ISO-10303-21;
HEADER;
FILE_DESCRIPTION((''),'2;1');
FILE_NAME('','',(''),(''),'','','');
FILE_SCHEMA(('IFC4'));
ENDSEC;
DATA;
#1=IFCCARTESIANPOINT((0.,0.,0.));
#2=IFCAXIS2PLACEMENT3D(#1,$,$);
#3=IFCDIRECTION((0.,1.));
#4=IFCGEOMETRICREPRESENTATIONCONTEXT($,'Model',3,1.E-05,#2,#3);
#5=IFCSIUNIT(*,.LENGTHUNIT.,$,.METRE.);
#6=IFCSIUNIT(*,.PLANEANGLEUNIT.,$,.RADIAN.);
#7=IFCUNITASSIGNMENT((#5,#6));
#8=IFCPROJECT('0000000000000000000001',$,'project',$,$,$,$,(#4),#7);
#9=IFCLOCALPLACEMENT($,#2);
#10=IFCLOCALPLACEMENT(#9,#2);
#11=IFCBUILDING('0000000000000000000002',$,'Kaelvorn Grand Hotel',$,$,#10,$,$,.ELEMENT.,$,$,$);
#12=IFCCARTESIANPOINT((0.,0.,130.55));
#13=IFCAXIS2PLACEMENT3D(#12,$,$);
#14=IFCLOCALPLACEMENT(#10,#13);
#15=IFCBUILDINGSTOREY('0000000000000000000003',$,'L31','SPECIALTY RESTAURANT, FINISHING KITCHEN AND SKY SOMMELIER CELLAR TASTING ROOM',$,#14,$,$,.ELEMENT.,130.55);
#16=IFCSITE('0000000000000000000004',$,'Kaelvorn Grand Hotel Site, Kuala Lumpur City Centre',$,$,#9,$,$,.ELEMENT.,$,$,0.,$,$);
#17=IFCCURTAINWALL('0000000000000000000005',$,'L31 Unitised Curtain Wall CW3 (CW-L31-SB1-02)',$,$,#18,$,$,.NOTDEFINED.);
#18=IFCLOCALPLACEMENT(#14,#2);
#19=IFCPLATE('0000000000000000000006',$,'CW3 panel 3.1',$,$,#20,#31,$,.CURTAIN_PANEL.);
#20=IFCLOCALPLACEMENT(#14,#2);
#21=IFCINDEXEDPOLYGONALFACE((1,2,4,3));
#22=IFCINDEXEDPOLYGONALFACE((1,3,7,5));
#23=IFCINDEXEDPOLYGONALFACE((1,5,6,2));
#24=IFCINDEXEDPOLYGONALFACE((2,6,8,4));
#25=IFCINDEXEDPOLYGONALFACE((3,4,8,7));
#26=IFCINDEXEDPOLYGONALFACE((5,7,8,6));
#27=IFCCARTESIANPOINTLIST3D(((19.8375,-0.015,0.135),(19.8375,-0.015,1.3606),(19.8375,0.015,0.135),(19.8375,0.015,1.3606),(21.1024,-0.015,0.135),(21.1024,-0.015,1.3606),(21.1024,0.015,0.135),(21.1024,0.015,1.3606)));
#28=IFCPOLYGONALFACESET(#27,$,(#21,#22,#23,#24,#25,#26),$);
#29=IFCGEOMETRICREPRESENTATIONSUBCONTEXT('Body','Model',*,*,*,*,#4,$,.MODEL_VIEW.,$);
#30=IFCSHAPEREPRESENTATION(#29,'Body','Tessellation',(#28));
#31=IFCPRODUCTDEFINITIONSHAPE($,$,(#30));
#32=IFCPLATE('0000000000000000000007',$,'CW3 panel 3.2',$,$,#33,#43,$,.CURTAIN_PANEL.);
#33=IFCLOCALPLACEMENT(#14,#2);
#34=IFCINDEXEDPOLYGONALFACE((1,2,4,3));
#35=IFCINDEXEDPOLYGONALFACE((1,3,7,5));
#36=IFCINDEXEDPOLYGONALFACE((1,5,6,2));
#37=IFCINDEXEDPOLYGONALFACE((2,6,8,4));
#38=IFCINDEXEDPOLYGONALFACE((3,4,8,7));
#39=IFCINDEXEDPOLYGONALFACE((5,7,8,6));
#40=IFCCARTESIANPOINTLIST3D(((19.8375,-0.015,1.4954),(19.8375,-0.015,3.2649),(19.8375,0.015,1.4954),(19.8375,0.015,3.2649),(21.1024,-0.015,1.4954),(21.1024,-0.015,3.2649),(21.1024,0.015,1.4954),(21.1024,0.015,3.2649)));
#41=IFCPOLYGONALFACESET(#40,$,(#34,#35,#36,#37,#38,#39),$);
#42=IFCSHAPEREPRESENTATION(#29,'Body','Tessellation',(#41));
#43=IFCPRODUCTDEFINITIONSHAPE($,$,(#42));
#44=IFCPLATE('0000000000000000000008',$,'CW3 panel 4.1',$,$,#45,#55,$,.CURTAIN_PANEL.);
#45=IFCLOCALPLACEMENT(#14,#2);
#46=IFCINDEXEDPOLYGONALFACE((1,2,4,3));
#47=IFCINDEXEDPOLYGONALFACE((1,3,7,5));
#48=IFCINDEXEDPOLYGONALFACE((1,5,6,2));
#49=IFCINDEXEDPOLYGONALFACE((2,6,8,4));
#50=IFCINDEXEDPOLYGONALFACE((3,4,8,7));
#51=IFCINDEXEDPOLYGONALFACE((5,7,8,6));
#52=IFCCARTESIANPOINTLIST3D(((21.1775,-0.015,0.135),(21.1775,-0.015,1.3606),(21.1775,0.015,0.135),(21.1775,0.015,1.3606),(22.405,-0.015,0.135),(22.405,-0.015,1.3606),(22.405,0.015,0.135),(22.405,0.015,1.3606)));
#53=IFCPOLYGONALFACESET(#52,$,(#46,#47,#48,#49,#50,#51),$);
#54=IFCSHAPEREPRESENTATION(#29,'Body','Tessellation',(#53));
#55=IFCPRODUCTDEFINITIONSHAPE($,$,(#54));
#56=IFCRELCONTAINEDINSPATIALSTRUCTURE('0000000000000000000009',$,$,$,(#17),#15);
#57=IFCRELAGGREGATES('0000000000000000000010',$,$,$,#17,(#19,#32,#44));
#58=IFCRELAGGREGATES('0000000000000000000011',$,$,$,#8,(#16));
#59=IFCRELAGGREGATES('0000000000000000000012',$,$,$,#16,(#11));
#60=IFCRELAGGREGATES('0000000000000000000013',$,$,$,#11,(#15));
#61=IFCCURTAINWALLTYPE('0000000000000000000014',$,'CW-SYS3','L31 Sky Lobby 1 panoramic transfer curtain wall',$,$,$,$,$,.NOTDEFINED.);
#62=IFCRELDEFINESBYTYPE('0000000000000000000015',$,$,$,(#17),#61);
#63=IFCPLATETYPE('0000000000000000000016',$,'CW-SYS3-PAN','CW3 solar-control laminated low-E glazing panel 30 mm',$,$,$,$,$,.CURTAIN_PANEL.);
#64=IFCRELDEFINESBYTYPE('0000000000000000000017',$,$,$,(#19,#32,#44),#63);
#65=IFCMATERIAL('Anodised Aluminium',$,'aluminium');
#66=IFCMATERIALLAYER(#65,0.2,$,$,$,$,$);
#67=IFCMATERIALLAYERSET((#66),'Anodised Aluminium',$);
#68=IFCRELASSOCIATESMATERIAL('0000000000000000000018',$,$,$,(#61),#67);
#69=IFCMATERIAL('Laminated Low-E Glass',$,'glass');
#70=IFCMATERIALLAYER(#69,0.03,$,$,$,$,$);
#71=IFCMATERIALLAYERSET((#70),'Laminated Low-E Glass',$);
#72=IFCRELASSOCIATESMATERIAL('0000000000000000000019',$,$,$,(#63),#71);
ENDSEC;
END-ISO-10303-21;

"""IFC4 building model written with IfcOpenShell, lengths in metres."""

from ifc_helpers import new_model, si_unit, direction, frame, origin, origin_2d, place, context, subcontext, project, spatial, rectangle, extrude, material, layer, layer_set, type_object, element, aggregate, save


model = new_model("IFC4")

# Units and contexts
model_context = context("Model", 3, precision=1e-05, world=origin(), true_north=direction((0.0, 1.0)))
body_context = subcontext(model_context, "Body", "Model", "MODEL_VIEW")
ifc_project = project(units=[si_unit("LENGTHUNIT", "METRE"), si_unit("PLANEANGLEUNIT", "RADIAN")], contexts=[model_context])

# Site, building, storey
site_placement = place(None, origin())
site = spatial("IfcSite", under=ifc_project, at=site_placement, Name="Kaelvorn Grand Hotel Site, Kuala Lumpur City Centre", CompositionType="ELEMENT", RefElevation=0.0)
building_placement = place(site_placement, origin())
building = spatial("IfcBuilding", under=site, at=building_placement, Name="Kaelvorn Grand Hotel", CompositionType="ELEMENT")
storey_placement = place(building_placement, frame((0.0, 0.0, 130.55)))
storey = spatial("IfcBuildingStorey", under=building, at=storey_placement, Name="L31", Description="SPECIALTY RESTAURANT, FINISHING KITCHEN AND SKY SOMMELIER CELLAR TASTING ROOM", CompositionType="ELEMENT", Elevation=130.55)

# Curtain wall, plates
ifc_material_1 = material(Name="Anodised Aluminium", Category="aluminium")
ifc_layer_1 = layer(ifc_material_1, 0.2)
ifc_layer_set_1 = layer_set([ifc_layer_1], Name="Anodised Aluminium")
curtain_wall_type = type_object("IfcCurtainWallType", Name="CW-SYS3", Description="L31 Sky Lobby 1 panoramic transfer curtain wall", PredefinedType="NOTDEFINED", material=ifc_layer_set_1)
curtain_wall_placement = place(storey_placement, origin())
curtain_wall = element("IfcCurtainWall", 1, at=curtain_wall_placement, inside=storey, type_object=curtain_wall_type, Name="L31 Unitised Curtain Wall CW3 (CW-L31-SB1-02)", PredefinedType="NOTDEFINED")
ifc_material_2 = material(Name="Laminated Low-E Glass", Category="glass")
ifc_layer_2 = layer(ifc_material_2, 0.03)
ifc_layer_set_2 = layer_set([ifc_layer_2], Name="Laminated Low-E Glass")
plate_type = type_object("IfcPlateType", Name="CW-SYS3-PAN", Description="CW3 solar-control laminated low-E glazing panel 30 mm", PredefinedType="CURTAIN_PANEL", material=ifc_layer_set_2)
plate_1_placement = place(storey_placement, frame((20.47, 0.0, 0.135), z_axis=(0.0, 0.0, 1.0), x_axis=(1.0, 0.0, 0.0)))
plate_1 = element("IfcPlate", 2, at=plate_1_placement, type_object=plate_type, Name="CW3 panel 3.1", PredefinedType="CURTAIN_PANEL", context=body_context, shape_type="SweptSolid", body=[
    extrude(rectangle(XDim=1.2649, YDim=0.03, at=origin_2d()), origin(), (0.0, 0.0, 1.0), 1.2256),
])
plate_2_placement = place(storey_placement, frame((20.47, 0.0, 1.4954), z_axis=(0.0, 0.0, 1.0), x_axis=(1.0, 0.0, 0.0)))
plate_2 = element("IfcPlate", 3, at=plate_2_placement, type_object=plate_type, Name="CW3 panel 3.2", PredefinedType="CURTAIN_PANEL", context=body_context, shape_type="SweptSolid", body=[
    extrude(rectangle(XDim=1.2649, YDim=0.03, at=origin_2d()), origin(), (0.0, 0.0, 1.0), 1.7695),
])
plate_3_placement = place(storey_placement, frame((21.7913, 0.0, 0.135), z_axis=(0.0, 0.0, 1.0), x_axis=(1.0, 0.0, 0.0)))
plate_3 = element("IfcPlate", 4, at=plate_3_placement, type_object=plate_type, Name="CW3 panel 4.1", PredefinedType="CURTAIN_PANEL", context=body_context, shape_type="SweptSolid", body=[
    extrude(rectangle(XDim=1.2275, YDim=0.03, at=origin_2d()), origin(), (0.0, 0.0, 1.0), 1.2256),
])
aggregate(curtain_wall, [plate_1, plate_2, plate_3])

save(model, "model.ifc")
